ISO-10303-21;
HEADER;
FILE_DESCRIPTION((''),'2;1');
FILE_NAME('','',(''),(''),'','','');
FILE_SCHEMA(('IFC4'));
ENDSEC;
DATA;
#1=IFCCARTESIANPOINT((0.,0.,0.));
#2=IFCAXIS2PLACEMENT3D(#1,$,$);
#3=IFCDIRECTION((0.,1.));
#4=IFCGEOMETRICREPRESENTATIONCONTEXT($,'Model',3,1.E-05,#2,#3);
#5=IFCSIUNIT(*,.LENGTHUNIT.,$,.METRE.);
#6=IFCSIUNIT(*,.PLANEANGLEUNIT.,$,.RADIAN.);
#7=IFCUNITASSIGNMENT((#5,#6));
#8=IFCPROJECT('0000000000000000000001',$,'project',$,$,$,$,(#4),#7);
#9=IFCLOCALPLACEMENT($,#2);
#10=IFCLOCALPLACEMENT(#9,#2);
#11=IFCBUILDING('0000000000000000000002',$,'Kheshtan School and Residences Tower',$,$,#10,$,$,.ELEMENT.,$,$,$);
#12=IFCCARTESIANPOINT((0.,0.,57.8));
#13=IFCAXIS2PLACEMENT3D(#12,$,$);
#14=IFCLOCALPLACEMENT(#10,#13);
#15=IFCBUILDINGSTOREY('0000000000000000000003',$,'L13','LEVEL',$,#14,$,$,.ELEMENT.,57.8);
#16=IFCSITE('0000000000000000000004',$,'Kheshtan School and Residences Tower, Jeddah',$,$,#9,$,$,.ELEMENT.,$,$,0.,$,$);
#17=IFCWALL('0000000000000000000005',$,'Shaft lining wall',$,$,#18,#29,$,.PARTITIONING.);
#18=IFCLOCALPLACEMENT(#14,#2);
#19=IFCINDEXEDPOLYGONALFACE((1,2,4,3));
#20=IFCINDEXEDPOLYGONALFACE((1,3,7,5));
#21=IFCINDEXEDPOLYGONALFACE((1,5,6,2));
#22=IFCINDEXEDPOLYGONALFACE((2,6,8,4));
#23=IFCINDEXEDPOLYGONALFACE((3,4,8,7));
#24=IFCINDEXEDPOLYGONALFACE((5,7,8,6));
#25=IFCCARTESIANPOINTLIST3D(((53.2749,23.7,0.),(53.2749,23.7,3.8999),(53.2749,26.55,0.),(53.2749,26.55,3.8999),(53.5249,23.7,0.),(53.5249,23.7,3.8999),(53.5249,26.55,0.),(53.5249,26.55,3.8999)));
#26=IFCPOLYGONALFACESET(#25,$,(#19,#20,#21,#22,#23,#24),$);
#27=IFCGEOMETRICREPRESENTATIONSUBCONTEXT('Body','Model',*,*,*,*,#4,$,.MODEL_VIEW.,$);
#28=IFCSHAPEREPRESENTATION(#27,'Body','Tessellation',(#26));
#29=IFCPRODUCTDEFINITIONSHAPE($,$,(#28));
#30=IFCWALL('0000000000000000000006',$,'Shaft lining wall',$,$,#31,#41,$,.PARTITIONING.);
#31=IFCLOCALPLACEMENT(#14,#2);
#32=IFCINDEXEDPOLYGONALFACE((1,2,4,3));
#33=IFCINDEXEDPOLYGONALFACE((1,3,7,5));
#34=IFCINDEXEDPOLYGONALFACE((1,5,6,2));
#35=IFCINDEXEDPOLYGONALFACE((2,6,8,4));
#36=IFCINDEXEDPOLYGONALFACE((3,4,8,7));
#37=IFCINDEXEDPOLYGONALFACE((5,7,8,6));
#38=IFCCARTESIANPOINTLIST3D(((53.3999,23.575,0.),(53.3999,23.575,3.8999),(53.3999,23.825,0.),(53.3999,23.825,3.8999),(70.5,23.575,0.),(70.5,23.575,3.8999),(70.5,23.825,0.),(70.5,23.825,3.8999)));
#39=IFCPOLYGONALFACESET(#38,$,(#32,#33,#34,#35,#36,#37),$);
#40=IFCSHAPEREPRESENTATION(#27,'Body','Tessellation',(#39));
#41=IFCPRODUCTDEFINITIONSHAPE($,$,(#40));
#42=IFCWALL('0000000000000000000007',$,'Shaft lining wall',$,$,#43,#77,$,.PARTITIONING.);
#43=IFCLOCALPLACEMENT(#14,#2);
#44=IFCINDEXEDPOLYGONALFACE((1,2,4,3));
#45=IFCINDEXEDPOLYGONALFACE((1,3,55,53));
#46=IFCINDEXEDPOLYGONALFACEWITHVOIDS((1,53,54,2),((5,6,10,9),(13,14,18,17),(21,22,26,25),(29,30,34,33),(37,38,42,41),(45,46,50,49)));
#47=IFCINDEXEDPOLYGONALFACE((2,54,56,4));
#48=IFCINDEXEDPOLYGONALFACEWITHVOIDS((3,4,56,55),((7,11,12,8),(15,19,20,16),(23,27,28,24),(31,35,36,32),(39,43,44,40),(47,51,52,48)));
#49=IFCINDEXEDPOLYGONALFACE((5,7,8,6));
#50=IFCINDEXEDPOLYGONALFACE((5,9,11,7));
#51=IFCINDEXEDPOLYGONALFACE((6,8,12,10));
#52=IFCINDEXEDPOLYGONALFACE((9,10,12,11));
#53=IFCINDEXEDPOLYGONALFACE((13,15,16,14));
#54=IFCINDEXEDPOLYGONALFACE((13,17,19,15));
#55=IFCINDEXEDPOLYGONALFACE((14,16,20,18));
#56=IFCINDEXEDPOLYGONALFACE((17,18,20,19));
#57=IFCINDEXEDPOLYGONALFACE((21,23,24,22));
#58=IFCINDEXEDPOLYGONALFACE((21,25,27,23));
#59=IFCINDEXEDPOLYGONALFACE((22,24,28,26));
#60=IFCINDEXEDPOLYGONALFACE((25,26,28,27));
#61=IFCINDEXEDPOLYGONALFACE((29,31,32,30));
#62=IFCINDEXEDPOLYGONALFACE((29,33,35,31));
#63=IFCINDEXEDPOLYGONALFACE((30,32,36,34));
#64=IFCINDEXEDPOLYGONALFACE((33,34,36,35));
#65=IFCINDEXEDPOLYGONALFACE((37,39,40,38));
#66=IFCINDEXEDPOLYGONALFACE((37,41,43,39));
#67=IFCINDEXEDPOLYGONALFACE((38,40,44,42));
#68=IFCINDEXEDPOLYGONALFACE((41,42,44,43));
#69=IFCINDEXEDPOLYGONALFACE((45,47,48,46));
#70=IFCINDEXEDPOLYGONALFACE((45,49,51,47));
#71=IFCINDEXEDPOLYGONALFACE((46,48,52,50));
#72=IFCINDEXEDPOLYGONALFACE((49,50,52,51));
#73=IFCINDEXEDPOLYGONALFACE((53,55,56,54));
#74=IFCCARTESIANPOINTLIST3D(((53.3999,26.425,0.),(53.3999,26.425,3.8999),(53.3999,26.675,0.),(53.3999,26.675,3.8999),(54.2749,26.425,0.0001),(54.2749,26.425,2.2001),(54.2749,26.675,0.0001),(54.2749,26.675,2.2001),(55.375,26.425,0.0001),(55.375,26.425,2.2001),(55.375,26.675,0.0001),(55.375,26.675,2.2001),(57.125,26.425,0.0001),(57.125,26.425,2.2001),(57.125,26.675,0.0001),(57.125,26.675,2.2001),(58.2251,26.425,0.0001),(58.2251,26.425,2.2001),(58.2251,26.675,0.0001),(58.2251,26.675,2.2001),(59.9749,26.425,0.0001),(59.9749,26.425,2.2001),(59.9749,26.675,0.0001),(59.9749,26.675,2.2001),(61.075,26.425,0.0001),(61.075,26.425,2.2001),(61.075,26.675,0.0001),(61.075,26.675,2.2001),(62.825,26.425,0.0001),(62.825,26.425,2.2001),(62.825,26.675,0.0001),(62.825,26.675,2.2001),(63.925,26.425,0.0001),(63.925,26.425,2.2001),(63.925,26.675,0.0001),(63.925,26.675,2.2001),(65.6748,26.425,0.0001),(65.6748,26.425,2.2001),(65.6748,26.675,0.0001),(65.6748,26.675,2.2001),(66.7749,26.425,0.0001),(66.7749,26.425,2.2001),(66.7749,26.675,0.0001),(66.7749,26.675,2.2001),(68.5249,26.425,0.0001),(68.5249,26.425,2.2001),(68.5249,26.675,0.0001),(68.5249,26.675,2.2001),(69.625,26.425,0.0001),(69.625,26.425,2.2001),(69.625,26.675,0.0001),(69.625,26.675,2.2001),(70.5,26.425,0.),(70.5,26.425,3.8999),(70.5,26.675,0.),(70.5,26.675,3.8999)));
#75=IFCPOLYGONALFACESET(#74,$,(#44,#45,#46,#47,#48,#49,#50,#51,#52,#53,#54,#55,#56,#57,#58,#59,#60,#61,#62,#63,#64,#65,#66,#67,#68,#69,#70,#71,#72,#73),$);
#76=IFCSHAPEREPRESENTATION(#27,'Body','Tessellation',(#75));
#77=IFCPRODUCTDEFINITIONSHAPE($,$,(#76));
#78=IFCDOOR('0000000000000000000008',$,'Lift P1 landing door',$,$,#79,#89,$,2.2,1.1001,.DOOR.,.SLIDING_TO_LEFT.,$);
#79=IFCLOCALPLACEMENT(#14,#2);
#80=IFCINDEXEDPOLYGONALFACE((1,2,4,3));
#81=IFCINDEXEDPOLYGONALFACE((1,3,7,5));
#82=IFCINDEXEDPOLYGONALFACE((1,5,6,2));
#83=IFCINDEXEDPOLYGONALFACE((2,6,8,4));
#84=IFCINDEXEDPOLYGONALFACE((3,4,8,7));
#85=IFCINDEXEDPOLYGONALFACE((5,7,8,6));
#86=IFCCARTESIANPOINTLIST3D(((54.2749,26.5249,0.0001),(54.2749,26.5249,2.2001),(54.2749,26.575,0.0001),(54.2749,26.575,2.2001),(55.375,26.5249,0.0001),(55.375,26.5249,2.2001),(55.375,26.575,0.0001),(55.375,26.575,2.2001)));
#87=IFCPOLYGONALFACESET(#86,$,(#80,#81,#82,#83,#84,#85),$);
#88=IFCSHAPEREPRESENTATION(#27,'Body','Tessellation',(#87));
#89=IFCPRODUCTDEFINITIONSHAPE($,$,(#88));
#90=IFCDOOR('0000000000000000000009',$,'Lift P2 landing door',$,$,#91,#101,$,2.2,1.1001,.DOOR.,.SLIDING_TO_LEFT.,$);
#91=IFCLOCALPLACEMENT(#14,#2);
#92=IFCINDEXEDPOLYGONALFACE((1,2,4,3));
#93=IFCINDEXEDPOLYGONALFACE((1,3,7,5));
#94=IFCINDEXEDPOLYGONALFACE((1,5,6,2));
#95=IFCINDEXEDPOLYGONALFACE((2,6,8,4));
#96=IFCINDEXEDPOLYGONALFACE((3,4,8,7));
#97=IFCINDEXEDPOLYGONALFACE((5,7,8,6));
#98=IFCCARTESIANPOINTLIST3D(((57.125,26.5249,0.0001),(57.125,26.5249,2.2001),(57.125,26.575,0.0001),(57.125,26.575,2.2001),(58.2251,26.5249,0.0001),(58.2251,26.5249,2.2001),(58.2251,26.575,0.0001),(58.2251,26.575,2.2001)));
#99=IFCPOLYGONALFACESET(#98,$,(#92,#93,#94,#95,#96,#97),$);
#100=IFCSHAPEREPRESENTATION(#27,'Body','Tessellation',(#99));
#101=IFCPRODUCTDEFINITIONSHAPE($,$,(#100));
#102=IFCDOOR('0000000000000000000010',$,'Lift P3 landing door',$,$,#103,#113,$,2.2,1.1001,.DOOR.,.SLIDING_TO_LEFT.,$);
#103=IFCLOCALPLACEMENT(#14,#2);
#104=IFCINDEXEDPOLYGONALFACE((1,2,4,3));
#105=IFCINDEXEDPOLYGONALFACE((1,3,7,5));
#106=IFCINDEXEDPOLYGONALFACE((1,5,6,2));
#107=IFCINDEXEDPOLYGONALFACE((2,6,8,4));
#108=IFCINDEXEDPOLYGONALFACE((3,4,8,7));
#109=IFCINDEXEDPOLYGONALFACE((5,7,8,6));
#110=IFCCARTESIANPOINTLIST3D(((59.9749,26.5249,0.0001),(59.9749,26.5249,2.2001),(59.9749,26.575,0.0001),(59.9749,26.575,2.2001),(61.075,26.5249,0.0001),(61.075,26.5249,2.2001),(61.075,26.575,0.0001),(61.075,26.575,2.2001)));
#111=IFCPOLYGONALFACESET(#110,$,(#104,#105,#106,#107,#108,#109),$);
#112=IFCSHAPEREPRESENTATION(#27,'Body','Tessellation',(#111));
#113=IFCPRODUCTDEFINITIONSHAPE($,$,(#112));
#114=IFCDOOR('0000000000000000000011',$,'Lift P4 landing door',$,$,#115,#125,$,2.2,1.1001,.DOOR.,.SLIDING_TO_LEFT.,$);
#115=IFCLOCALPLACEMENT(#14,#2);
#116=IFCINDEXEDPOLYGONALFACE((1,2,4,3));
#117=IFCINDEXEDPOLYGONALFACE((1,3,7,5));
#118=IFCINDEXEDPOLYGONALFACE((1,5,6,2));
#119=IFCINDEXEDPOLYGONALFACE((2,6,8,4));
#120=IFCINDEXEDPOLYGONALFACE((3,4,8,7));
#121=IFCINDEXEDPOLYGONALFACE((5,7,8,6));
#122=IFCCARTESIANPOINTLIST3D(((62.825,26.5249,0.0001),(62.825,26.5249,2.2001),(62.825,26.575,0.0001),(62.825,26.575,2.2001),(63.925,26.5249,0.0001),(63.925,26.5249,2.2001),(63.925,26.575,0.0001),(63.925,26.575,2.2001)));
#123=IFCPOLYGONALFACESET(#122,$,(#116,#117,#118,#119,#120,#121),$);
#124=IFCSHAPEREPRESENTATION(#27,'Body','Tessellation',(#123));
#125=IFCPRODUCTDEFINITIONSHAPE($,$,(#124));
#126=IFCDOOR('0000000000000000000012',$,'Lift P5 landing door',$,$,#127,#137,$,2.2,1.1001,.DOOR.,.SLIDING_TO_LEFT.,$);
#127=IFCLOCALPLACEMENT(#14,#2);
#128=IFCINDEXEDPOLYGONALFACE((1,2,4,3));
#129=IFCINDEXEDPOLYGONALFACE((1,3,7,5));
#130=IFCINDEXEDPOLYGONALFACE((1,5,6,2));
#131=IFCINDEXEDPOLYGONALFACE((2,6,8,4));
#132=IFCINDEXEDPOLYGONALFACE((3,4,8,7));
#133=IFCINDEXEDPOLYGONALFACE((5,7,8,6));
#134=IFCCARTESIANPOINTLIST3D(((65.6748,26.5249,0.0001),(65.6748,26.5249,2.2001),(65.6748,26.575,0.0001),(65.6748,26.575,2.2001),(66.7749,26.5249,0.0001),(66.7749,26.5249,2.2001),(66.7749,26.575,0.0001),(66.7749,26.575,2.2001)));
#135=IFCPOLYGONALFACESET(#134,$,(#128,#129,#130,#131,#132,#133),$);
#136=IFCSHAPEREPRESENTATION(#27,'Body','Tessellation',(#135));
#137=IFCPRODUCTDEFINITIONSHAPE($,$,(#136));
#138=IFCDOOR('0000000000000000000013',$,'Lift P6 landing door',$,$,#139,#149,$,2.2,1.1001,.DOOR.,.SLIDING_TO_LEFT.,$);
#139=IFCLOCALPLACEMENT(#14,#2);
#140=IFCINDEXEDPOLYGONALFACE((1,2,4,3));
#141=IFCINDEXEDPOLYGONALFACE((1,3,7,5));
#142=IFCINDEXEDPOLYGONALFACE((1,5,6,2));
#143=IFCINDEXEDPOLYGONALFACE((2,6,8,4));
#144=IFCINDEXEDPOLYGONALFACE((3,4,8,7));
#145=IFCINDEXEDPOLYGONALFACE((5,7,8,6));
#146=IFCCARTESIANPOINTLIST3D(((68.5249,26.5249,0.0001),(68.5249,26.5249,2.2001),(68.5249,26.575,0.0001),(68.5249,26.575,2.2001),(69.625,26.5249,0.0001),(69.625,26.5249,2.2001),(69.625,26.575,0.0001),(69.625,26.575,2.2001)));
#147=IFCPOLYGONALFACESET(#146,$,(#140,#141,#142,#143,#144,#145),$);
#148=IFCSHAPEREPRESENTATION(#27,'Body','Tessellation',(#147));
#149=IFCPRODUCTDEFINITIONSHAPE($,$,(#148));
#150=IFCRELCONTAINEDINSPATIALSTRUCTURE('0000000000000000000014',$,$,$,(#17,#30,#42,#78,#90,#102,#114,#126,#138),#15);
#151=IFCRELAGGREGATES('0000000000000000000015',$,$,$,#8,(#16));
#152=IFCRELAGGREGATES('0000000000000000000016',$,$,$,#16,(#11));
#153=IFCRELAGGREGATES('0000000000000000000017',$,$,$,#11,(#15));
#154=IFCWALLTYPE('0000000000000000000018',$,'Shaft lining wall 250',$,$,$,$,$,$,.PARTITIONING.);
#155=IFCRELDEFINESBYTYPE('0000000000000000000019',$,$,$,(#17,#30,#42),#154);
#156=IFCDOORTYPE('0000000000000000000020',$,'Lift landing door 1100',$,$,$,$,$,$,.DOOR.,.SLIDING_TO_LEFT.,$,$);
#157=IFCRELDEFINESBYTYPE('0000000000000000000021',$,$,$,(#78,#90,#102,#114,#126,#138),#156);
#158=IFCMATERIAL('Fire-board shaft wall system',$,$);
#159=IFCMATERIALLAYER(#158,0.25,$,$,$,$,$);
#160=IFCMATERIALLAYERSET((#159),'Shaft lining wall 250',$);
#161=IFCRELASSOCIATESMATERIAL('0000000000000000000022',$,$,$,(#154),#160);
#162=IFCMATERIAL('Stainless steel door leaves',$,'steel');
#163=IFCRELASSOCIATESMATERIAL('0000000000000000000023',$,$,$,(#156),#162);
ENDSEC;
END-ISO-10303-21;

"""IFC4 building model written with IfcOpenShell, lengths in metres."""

from ifc_helpers import new_model, si_unit, direction, frame, frame_2d, origin, place, context, subcontext, project, spatial, rectangle, extrude, source, transform, mapped, material, layer, layer_set, type_object, element, fill, save


model = new_model("IFC4")

# Units and contexts
model_context = context("Model", 3, precision=1e-05, world=origin(), true_north=direction((0.0, 1.0)))
body_context = subcontext(model_context, "Body", "Model", "MODEL_VIEW")
ifc_project = project(units=[si_unit("LENGTHUNIT", "METRE"), si_unit("PLANEANGLEUNIT", "RADIAN")], contexts=[model_context])

# Site, building, storey
site_placement = place(None, origin())
site = spatial("IfcSite", under=ifc_project, at=site_placement, Name="Kheshtan School and Residences Tower, Jeddah", CompositionType="ELEMENT", RefElevation=0.0)
building_placement = place(site_placement, origin())
building = spatial("IfcBuilding", under=site, at=building_placement, Name="Kheshtan School and Residences Tower", CompositionType="ELEMENT")
storey_placement = place(building_placement, frame((0.0, 0.0, 57.8)))
storey = spatial("IfcBuildingStorey", under=building, at=storey_placement, Name="L13", Description="LEVEL", CompositionType="ELEMENT", Elevation=57.8)

# Walls
ifc_material_1 = material(Name="Fire-board shaft wall system")
ifc_layer_1 = layer(ifc_material_1, 0.25)
ifc_layer_set_1 = layer_set([ifc_layer_1], Name="Shaft lining wall 250")
wall_type_1 = type_object("IfcWallType", Name="Shaft lining wall 250", PredefinedType="PARTITIONING", material=ifc_layer_set_1)
wall_1_placement = place(storey_placement, frame((53.3999, 23.7, 0.0), z_axis=(0.0, 0.0, 1.0), x_axis=(0.0, 1.0, 0.0)))
element("IfcWall", 1, at=wall_1_placement, inside=storey, type_object=wall_type_1, Name="Shaft lining wall", PredefinedType="PARTITIONING", context=body_context, shape_type="SweptSolid", body=[
    extrude(rectangle(XDim=2.8501, YDim=0.25, at=frame_2d((1.425, 0.0))), origin(), (0.0, 0.0, 1.0), 3.8999),
])
wall_2_placement = place(storey_placement, frame((53.3999, 23.7, 0.0), z_axis=(0.0, 0.0, 1.0), x_axis=(1.0, 0.0, 0.0)))
element("IfcWall", 2, at=wall_2_placement, inside=storey, type_object=wall_type_1, Name="Shaft lining wall", PredefinedType="PARTITIONING", context=body_context, shape_type="SweptSolid", body=[
    extrude(rectangle(XDim=17.1001, YDim=0.25, at=frame_2d((8.55, 0.0))), origin(), (0.0, 0.0, 1.0), 3.8999),
])

# Wall, openings, doors
wall_3_placement = place(storey_placement, frame((53.3999, 26.55, 0.0), z_axis=(0.0, 0.0, 1.0), x_axis=(1.0, 0.0, 0.0)))
wall_3 = element("IfcWall", 3, at=wall_3_placement, inside=storey, type_object=wall_type_1, Name="Shaft lining wall", PredefinedType="PARTITIONING", context=body_context, shape_type="SweptSolid", body=[
    extrude(rectangle(XDim=17.1001, YDim=0.25, at=frame_2d((8.55, 0.0))), origin(), (0.0, 0.0, 1.0), 3.8999),
])
opening_1_placement = place(wall_3_placement, frame((0.875, 0.0, 0.0)))
opening_1 = element("IfcOpeningElement", 4, at=opening_1_placement, cuts=wall_3, PredefinedType="OPENING", context=body_context, shape_type="SweptSolid", body=[
    extrude(rectangle(XDim=1.1001, YDim=2.2, at=frame_2d((0.55, 1.1001))), frame((0.0, 0.135, 0.0), z_axis=(0.0, -1.0, 0.0), x_axis=(1.0, 0.0, 0.0)), (0.0, 0.0, 1.0), 0.27),
])
opening_2_placement = place(wall_3_placement, frame((3.7251, 0.0, 0.0)))
opening_2 = element("IfcOpeningElement", 5, at=opening_2_placement, cuts=wall_3, PredefinedType="OPENING", context=body_context, shape_type="SweptSolid", body=[
    extrude(rectangle(XDim=1.1001, YDim=2.2, at=frame_2d((0.55, 1.1001))), frame((0.0, 0.135, 0.0), z_axis=(0.0, -1.0, 0.0), x_axis=(1.0, 0.0, 0.0)), (0.0, 0.0, 1.0), 0.27),
])
opening_3_placement = place(wall_3_placement, frame((6.575, 0.0, 0.0)))
opening_3 = element("IfcOpeningElement", 6, at=opening_3_placement, cuts=wall_3, PredefinedType="OPENING", context=body_context, shape_type="SweptSolid", body=[
    extrude(rectangle(XDim=1.1001, YDim=2.2, at=frame_2d((0.55, 1.1001))), frame((0.0, 0.135, 0.0), z_axis=(0.0, -1.0, 0.0), x_axis=(1.0, 0.0, 0.0)), (0.0, 0.0, 1.0), 0.27),
])
opening_4_placement = place(wall_3_placement, frame((9.425, 0.0, 0.0)))
opening_4 = element("IfcOpeningElement", 7, at=opening_4_placement, cuts=wall_3, PredefinedType="OPENING", context=body_context, shape_type="SweptSolid", body=[
    extrude(rectangle(XDim=1.1001, YDim=2.2, at=frame_2d((0.55, 1.1001))), frame((0.0, 0.135, 0.0), z_axis=(0.0, -1.0, 0.0), x_axis=(1.0, 0.0, 0.0)), (0.0, 0.0, 1.0), 0.27),
])
opening_5_placement = place(wall_3_placement, frame((12.2749, 0.0, 0.0)))
opening_5 = element("IfcOpeningElement", 8, at=opening_5_placement, cuts=wall_3, PredefinedType="OPENING", context=body_context, shape_type="SweptSolid", body=[
    extrude(rectangle(XDim=1.1001, YDim=2.2, at=frame_2d((0.55, 1.1001))), frame((0.0, 0.135, 0.0), z_axis=(0.0, -1.0, 0.0), x_axis=(1.0, 0.0, 0.0)), (0.0, 0.0, 1.0), 0.27),
])
opening_6_placement = place(wall_3_placement, frame((15.125, 0.0, 0.0)))
opening_6 = element("IfcOpeningElement", 9, at=opening_6_placement, cuts=wall_3, PredefinedType="OPENING", context=body_context, shape_type="SweptSolid", body=[
    extrude(rectangle(XDim=1.1001, YDim=2.2, at=frame_2d((0.55, 1.1001))), frame((0.0, 0.135, 0.0), z_axis=(0.0, -1.0, 0.0), x_axis=(1.0, 0.0, 0.0)), (0.0, 0.0, 1.0), 0.27),
])
ifc_material_2 = material(Name="Stainless steel door leaves", Category="steel")
door_type = type_object("IfcDoorType", Name="Lift landing door 1100", OperationType="SLIDING_TO_LEFT", PredefinedType="DOOR", material=ifc_material_2)
shared_shape = source(origin(), body_context, "Body", "SweptSolid", [
    extrude(rectangle(XDim=1.1001, YDim=2.2, at=frame_2d((0.55, 1.1001))), frame((0.0, 0.0249, 0.0), z_axis=(0.0, -1.0, 0.0), x_axis=(1.0, 0.0, 0.0)), (0.0, 0.0, 1.0), 0.05),
])
door_1_placement = place(opening_1_placement, origin())
door_1 = element("IfcDoor", 10, at=door_1_placement, inside=storey, type_object=door_type, Name="Lift P1 landing door", OperationType="SLIDING_TO_LEFT", OverallHeight=2.2, OverallWidth=1.1001, PredefinedType="DOOR", context=body_context, shape_type="MappedRepresentation", body=[
    mapped(shared_shape, transform((0.0, 0.0, 0.0), x_axis=(1.0, 0.0, 0.0), y_axis=(0.0, 1.0, 0.0), z_axis=(0.0, 0.0, 1.0), scale=1.0)),
])
fill(opening_1, door_1)
door_2_placement = place(opening_2_placement, origin())
door_2 = element("IfcDoor", 11, at=door_2_placement, inside=storey, type_object=door_type, Name="Lift P2 landing door", OperationType="SLIDING_TO_LEFT", OverallHeight=2.2, OverallWidth=1.1001, PredefinedType="DOOR", context=body_context, shape_type="MappedRepresentation", body=[
    mapped(shared_shape, transform((0.0, 0.0, 0.0), x_axis=(1.0, 0.0, 0.0), y_axis=(0.0, 1.0, 0.0), z_axis=(0.0, 0.0, 1.0), scale=1.0)),
])
fill(opening_2, door_2)
door_3_placement = place(opening_3_placement, origin())
door_3 = element("IfcDoor", 12, at=door_3_placement, inside=storey, type_object=door_type, Name="Lift P3 landing door", OperationType="SLIDING_TO_LEFT", OverallHeight=2.2, OverallWidth=1.1001, PredefinedType="DOOR", context=body_context, shape_type="MappedRepresentation", body=[
    mapped(shared_shape, transform((0.0, 0.0, 0.0), x_axis=(1.0, 0.0, 0.0), y_axis=(0.0, 1.0, 0.0), z_axis=(0.0, 0.0, 1.0), scale=1.0)),
])
fill(opening_3, door_3)
door_4_placement = place(opening_4_placement, origin())
door_4 = element("IfcDoor", 13, at=door_4_placement, inside=storey, type_object=door_type, Name="Lift P4 landing door", OperationType="SLIDING_TO_LEFT", OverallHeight=2.2, OverallWidth=1.1001, PredefinedType="DOOR", context=body_context, shape_type="MappedRepresentation", body=[
    mapped(shared_shape, transform((0.0, 0.0, 0.0), x_axis=(1.0, 0.0, 0.0), y_axis=(0.0, 1.0, 0.0), z_axis=(0.0, 0.0, 1.0), scale=1.0)),
])
fill(opening_4, door_4)
door_5_placement = place(opening_5_placement, origin())
door_5 = element("IfcDoor", 14, at=door_5_placement, inside=storey, type_object=door_type, Name="Lift P5 landing door", OperationType="SLIDING_TO_LEFT", OverallHeight=2.2, OverallWidth=1.1001, PredefinedType="DOOR", context=body_context, shape_type="MappedRepresentation", body=[
    mapped(shared_shape, transform((0.0, 0.0, 0.0), x_axis=(1.0, 0.0, 0.0), y_axis=(0.0, 1.0, 0.0), z_axis=(0.0, 0.0, 1.0), scale=1.0)),
])
fill(opening_5, door_5)
door_6_placement = place(opening_6_placement, origin())
door_6 = element("IfcDoor", 15, at=door_6_placement, inside=storey, type_object=door_type, Name="Lift P6 landing door", OperationType="SLIDING_TO_LEFT", OverallHeight=2.2, OverallWidth=1.1001, PredefinedType="DOOR", context=body_context, shape_type="MappedRepresentation", body=[
    mapped(shared_shape, transform((0.0, 0.0, 0.0), x_axis=(1.0, 0.0, 0.0), y_axis=(0.0, 1.0, 0.0), z_axis=(0.0, 0.0, 1.0), scale=1.0)),
])
fill(opening_6, door_6)

save(model, "model.ifc")
